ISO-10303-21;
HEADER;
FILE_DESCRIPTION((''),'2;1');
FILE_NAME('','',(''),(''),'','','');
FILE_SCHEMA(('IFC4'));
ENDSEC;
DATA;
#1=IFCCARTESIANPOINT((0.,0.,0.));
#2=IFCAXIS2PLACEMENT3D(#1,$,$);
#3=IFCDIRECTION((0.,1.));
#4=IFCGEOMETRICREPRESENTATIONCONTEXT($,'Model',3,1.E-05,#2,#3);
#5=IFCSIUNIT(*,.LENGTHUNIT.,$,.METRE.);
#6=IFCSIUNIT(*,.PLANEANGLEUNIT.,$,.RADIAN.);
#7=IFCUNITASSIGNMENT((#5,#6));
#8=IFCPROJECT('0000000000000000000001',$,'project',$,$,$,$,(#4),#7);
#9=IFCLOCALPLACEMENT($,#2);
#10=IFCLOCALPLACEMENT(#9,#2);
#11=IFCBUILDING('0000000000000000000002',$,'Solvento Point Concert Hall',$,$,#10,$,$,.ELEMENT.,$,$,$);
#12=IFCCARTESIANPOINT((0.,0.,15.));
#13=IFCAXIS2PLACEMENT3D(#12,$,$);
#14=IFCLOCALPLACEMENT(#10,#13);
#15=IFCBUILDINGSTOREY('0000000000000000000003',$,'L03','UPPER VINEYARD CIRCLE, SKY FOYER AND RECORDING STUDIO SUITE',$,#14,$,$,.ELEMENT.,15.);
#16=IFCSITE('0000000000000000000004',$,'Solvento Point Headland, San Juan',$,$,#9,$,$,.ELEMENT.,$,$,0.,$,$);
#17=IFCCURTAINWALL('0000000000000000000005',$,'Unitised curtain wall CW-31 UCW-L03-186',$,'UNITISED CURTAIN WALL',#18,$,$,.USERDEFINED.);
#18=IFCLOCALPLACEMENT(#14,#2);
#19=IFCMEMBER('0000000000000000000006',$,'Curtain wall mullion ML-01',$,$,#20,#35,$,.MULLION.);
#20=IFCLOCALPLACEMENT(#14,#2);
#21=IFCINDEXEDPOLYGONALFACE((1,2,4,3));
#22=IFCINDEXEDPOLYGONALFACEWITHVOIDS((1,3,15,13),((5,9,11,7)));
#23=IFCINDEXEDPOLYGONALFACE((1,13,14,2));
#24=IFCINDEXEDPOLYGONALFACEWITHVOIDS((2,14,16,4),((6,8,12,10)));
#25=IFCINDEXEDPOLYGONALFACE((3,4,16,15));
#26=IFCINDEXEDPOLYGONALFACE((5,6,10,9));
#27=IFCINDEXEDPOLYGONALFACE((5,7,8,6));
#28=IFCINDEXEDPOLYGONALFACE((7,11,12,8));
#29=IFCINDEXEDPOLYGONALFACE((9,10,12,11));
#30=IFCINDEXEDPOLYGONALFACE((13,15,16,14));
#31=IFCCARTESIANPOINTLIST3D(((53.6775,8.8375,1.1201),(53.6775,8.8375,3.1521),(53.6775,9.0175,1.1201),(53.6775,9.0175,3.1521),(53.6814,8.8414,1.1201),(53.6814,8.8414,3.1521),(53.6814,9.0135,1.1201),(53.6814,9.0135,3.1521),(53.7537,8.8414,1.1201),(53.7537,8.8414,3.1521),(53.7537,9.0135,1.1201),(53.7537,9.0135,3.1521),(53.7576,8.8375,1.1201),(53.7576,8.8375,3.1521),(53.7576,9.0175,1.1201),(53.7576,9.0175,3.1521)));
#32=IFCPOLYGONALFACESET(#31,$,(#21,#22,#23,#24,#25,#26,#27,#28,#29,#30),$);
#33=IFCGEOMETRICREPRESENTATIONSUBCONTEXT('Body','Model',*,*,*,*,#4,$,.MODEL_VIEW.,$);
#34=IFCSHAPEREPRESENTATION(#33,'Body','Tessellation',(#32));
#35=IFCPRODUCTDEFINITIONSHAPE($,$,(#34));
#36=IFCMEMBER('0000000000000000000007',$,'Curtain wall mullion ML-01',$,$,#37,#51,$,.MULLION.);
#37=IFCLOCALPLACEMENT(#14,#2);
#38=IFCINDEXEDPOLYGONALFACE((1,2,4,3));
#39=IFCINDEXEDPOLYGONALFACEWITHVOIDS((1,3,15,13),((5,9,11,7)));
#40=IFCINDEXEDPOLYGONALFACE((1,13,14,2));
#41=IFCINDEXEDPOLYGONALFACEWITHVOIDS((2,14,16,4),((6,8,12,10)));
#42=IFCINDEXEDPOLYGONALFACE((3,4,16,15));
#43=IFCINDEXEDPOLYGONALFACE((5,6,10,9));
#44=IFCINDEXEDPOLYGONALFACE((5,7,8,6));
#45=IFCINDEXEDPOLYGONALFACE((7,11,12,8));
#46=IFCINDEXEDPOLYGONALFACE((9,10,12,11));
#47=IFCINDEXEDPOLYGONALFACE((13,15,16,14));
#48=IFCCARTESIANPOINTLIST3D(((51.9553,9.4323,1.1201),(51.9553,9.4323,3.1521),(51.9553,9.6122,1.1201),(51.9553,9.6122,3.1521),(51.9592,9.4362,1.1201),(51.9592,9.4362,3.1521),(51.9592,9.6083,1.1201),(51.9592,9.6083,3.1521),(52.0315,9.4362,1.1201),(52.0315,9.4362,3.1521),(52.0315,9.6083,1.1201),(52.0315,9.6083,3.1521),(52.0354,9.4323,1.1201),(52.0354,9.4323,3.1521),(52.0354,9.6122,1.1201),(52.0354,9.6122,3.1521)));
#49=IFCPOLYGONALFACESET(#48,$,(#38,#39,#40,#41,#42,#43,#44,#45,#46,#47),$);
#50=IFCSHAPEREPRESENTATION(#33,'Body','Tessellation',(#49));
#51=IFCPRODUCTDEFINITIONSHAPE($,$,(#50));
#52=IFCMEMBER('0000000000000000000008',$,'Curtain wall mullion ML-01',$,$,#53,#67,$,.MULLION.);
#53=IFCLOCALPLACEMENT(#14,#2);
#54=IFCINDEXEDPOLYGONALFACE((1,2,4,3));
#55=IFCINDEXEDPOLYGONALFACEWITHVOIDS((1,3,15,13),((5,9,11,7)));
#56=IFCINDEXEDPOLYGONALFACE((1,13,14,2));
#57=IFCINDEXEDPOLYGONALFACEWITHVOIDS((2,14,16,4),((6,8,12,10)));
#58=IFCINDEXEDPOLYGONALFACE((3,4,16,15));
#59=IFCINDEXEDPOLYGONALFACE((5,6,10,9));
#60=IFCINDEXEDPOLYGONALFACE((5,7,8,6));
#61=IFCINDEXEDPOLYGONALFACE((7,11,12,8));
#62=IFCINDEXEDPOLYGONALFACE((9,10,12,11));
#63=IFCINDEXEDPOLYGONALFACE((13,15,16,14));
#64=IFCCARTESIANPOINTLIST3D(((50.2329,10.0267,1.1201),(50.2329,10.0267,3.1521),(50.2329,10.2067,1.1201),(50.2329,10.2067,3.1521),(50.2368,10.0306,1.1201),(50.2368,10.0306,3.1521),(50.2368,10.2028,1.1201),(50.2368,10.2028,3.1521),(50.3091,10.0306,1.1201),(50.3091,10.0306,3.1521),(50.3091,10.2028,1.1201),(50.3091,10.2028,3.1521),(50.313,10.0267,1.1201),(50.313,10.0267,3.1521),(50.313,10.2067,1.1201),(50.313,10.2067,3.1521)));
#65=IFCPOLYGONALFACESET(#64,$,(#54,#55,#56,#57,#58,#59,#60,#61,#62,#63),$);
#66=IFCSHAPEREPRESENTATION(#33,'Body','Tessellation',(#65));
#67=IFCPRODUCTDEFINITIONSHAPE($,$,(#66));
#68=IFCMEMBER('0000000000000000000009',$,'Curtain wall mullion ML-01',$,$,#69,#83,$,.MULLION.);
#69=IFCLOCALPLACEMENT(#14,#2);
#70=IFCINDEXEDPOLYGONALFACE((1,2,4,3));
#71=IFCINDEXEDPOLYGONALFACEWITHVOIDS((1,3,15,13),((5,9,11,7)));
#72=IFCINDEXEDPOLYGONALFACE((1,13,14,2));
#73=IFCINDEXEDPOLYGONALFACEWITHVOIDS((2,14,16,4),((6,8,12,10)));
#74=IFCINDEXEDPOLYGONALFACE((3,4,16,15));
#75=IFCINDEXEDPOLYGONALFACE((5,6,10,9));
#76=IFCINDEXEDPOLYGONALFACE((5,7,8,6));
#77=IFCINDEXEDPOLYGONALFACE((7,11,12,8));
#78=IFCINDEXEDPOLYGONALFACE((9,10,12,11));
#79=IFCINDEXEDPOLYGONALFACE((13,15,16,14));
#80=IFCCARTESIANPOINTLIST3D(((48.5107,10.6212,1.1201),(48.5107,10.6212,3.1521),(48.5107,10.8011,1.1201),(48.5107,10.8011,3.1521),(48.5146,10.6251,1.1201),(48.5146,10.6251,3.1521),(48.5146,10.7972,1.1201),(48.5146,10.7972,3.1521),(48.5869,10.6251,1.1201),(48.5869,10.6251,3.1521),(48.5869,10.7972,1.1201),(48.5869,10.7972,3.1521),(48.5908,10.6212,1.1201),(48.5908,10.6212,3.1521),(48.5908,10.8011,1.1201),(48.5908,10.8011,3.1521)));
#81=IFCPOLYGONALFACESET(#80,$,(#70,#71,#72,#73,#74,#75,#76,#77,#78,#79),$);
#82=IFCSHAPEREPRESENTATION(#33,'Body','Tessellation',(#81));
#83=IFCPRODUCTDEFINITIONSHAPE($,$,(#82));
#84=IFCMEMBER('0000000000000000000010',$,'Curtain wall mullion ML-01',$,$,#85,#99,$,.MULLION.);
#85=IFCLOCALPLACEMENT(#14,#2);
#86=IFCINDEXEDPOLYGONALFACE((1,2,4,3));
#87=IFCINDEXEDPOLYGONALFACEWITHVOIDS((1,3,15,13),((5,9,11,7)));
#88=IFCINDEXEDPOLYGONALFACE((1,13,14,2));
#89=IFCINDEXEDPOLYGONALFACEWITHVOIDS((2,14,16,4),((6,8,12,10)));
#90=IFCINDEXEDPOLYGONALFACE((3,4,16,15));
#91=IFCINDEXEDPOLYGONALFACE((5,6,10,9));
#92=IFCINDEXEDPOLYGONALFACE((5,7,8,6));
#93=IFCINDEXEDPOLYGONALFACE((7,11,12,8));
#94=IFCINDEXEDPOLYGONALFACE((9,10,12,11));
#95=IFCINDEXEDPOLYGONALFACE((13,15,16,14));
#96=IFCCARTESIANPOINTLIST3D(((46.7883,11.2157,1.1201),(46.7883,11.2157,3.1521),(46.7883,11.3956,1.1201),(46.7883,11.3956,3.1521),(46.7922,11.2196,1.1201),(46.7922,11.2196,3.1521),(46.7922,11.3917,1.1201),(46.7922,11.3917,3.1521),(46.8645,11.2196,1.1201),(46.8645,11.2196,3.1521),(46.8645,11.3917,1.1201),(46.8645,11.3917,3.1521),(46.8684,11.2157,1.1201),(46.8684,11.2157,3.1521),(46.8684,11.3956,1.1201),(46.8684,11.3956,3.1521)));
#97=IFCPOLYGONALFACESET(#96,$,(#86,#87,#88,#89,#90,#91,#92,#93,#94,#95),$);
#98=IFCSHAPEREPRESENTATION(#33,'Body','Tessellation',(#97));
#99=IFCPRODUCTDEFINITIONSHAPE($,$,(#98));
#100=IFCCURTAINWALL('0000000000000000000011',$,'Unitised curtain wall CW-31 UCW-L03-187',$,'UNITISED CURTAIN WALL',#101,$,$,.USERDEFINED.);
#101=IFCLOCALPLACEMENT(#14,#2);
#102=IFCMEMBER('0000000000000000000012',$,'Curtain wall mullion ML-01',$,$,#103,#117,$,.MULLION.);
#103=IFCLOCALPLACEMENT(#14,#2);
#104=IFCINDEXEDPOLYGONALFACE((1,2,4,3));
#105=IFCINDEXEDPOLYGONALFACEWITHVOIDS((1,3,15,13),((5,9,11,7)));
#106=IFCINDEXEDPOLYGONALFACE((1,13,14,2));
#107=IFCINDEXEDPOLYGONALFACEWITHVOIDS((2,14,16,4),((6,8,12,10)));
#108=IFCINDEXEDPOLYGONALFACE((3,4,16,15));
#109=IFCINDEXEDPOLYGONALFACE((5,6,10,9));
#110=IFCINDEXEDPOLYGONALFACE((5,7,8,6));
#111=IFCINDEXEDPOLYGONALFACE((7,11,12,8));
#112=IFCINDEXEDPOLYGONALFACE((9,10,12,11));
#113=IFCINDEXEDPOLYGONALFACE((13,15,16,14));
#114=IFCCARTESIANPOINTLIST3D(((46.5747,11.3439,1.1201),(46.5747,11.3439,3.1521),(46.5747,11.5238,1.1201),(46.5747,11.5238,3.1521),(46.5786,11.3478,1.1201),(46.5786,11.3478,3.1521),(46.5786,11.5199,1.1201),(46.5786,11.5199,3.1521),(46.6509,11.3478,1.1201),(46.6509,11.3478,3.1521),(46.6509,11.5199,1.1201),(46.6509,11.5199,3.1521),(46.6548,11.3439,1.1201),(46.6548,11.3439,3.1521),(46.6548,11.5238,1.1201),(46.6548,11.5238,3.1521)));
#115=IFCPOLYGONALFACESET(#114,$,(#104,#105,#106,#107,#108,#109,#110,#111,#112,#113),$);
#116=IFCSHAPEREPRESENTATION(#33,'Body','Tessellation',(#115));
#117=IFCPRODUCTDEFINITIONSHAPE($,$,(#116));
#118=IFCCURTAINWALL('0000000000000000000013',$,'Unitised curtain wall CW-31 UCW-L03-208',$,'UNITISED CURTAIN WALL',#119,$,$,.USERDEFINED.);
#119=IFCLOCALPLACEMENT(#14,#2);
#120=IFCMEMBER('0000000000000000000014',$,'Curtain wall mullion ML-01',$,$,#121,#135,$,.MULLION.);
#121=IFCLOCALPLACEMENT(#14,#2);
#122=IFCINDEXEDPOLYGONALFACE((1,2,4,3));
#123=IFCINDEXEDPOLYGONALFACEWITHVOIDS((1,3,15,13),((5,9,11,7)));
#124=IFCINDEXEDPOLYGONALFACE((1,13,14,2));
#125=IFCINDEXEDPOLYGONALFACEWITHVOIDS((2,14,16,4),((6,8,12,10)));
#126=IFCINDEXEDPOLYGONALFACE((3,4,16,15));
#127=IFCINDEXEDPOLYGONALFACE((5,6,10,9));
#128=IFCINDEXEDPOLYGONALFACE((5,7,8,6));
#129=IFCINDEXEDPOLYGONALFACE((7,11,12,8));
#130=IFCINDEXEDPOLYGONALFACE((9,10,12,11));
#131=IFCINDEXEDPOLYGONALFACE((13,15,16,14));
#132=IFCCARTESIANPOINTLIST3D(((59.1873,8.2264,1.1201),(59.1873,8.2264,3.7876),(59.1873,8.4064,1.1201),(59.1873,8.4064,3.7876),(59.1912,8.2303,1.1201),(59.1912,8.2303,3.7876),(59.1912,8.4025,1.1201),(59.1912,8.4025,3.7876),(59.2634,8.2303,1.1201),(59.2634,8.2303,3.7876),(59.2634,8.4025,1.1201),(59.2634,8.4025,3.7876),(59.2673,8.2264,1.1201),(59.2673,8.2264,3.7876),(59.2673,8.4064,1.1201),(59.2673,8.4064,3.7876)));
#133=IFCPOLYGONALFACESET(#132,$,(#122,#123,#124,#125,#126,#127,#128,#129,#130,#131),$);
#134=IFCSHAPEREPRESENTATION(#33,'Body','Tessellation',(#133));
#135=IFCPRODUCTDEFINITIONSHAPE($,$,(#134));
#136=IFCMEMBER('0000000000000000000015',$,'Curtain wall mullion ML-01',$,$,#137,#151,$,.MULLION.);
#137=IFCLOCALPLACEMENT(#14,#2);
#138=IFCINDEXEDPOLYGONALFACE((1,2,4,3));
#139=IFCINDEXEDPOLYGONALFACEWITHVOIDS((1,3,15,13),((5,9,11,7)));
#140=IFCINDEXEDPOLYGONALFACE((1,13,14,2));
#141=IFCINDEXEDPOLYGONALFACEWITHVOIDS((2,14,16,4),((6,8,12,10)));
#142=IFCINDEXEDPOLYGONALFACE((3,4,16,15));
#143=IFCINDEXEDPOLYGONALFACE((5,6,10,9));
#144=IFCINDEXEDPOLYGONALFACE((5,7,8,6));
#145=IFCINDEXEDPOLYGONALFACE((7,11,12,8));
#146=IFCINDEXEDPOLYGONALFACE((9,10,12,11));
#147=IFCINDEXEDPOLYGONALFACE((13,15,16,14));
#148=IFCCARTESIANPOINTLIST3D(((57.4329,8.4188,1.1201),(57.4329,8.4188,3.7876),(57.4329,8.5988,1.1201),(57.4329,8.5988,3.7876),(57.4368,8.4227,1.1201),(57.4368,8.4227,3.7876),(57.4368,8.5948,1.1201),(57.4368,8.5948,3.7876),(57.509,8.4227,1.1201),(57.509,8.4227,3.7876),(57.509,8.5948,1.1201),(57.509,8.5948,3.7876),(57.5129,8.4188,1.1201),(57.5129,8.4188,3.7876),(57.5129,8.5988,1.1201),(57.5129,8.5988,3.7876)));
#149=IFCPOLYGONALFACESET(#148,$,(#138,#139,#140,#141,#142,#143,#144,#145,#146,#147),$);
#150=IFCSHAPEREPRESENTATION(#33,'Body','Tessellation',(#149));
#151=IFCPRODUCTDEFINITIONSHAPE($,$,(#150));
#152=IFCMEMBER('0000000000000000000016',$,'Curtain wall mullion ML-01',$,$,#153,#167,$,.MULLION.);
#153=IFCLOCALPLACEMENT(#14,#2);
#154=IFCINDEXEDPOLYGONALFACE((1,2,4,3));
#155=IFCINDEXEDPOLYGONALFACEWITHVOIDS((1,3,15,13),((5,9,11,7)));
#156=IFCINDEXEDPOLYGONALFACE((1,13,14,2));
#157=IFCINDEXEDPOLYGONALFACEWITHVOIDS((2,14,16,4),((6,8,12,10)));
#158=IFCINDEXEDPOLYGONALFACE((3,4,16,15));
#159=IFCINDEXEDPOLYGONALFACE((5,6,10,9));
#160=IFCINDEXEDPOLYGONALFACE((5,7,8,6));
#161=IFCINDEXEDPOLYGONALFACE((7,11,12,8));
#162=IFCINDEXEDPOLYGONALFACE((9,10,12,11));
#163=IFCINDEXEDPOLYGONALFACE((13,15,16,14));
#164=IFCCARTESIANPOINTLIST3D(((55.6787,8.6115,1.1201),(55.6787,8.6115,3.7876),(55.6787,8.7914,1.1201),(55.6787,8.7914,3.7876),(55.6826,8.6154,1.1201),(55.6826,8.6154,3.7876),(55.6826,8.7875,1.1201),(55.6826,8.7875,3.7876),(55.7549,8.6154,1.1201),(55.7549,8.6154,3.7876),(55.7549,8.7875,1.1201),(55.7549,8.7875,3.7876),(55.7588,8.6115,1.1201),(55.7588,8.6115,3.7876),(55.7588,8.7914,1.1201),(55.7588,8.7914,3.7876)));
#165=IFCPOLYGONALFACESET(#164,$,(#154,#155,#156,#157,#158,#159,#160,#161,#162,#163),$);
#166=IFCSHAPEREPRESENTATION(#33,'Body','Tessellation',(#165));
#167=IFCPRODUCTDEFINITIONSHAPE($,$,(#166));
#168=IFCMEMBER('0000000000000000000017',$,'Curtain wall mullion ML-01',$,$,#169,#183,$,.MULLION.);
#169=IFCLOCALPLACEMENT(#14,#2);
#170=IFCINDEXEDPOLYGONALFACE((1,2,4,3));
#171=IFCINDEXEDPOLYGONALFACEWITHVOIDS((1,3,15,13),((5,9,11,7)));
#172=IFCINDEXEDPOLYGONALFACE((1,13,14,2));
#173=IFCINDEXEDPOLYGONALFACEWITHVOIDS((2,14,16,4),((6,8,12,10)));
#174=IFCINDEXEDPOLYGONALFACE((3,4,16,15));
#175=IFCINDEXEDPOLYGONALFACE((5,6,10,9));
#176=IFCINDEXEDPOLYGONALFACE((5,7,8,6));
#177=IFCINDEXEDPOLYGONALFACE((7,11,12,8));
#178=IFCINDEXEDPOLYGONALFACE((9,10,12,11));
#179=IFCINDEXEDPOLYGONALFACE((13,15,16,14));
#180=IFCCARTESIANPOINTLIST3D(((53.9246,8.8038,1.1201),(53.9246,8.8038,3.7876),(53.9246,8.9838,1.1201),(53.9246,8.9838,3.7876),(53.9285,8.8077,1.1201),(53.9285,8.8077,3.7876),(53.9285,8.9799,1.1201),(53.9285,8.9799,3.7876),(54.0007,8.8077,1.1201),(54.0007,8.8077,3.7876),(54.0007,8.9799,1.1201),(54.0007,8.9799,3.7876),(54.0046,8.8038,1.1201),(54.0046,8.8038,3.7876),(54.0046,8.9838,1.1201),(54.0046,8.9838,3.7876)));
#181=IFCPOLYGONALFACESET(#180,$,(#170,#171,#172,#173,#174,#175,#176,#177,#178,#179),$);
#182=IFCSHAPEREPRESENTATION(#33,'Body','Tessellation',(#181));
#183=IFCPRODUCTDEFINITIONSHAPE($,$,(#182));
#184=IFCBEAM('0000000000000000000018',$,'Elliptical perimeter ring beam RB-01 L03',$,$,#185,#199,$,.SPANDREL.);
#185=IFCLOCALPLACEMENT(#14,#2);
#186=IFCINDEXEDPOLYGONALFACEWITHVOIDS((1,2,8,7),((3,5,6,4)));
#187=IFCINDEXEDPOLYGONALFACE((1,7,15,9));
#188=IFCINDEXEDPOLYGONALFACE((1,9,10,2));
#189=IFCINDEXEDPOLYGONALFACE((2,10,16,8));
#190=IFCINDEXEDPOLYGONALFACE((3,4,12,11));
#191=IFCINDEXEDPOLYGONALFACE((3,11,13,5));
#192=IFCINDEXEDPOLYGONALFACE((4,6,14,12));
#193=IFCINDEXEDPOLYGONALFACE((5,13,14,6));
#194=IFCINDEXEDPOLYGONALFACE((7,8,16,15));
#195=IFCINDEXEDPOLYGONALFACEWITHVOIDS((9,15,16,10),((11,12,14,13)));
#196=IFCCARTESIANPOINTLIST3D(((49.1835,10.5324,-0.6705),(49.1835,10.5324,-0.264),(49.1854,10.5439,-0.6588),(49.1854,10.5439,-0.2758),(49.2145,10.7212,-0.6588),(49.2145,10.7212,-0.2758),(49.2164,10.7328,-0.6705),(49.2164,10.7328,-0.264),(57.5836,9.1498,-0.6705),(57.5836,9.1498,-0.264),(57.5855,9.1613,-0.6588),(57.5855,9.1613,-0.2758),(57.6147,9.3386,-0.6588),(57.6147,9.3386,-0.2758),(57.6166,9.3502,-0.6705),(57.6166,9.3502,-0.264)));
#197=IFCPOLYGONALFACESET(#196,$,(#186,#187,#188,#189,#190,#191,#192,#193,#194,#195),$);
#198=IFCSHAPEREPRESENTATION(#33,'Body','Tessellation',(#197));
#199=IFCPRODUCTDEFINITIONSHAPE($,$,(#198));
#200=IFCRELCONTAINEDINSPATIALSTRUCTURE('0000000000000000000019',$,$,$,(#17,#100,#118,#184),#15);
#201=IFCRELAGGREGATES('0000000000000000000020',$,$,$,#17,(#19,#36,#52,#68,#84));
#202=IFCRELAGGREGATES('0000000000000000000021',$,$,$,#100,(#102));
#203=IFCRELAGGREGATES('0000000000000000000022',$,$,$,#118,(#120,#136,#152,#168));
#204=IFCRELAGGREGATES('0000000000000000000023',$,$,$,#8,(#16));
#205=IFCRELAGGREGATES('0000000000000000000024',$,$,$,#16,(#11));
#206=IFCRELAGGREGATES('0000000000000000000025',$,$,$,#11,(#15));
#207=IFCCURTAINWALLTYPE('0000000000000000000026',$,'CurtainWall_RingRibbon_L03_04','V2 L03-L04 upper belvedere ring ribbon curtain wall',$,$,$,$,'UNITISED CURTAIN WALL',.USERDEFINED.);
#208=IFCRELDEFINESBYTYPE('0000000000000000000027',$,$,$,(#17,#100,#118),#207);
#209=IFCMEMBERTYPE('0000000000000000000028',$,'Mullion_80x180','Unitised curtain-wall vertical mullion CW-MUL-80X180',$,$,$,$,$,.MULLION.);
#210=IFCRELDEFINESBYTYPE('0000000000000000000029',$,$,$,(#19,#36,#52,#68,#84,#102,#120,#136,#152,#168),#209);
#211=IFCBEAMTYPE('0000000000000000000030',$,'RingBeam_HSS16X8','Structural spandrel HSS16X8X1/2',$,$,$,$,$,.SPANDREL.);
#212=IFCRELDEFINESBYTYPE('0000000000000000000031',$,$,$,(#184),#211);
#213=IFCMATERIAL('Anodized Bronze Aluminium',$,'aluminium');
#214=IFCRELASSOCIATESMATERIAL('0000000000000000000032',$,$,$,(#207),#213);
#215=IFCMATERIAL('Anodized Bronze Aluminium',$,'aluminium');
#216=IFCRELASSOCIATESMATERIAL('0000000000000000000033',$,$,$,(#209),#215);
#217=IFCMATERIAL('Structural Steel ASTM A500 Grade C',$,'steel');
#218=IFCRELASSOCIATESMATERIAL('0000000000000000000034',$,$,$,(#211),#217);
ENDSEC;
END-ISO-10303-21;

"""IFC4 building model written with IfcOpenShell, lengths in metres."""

from ifc_helpers import new_model, si_unit, direction, frame, origin, origin_2d, place, context, subcontext, project, spatial, hollow_rectangle, extrude, material, material_profile, profile_set, type_object, element, aggregate, save


model = new_model("IFC4")

# Units and contexts
model_context = context("Model", 3, precision=1e-05, world=origin(), true_north=direction((0.0, 1.0)))
body_context = subcontext(model_context, "Body", "Model", "MODEL_VIEW")
ifc_project = project(units=[si_unit("LENGTHUNIT", "METRE"), si_unit("PLANEANGLEUNIT", "RADIAN")], contexts=[model_context])

# Site, building, storey
site_placement = place(None, origin())
site = spatial("IfcSite", under=ifc_project, at=site_placement, Name="Solvento Point Headland, San Juan", CompositionType="ELEMENT", RefElevation=0.0)
building_placement = place(site_placement, origin())
building = spatial("IfcBuilding", under=site, at=building_placement, Name="Solvento Point Concert Hall", CompositionType="ELEMENT")
storey_placement = place(building_placement, frame((0.0, 0.0, 15.0)))
storey = spatial("IfcBuildingStorey", under=building, at=storey_placement, Name="L03", Description="UPPER VINEYARD CIRCLE, SKY FOYER AND RECORDING STUDIO SUITE", CompositionType="ELEMENT", Elevation=15.0)

# Curtain wall, members
ifc_material_1 = material(Name="Anodized Bronze Aluminium", Category="aluminium")
curtain_wall_type = type_object("IfcCurtainWallType", Name="CurtainWall_RingRibbon_L03_04", Description="V2 L03-L04 upper belvedere ring ribbon curtain wall", ElementType="UNITISED CURTAIN WALL", PredefinedType="USERDEFINED", material=ifc_material_1)
curtain_wall_1_placement = place(storey_placement, origin())
curtain_wall_1 = element("IfcCurtainWall", 1, at=curtain_wall_1_placement, inside=storey, type_object=curtain_wall_type, Name="Unitised curtain wall CW-31 UCW-L03-186", ObjectType="UNITISED CURTAIN WALL", PredefinedType="USERDEFINED")
ifc_material_2 = material(Name="Anodized Bronze Aluminium", Category="aluminium")
ifc_material_profile_1 = material_profile(ifc_material_2, hollow_rectangle(XDim=0.0801, YDim=0.1799, WallThickness=0.0039, at=origin_2d()), Name="CW-MUL-80X180")
ifc_profile_set_1 = profile_set([ifc_material_profile_1], Name="Anodized Bronze Aluminium")
member_type_1 = type_object("IfcMemberType", Name="Mullion_80x180", Description="Unitised curtain-wall vertical mullion CW-MUL-80X180", PredefinedType="MULLION", material=ifc_profile_set_1)
member_1_placement = place(storey_placement, frame((53.7175, 8.9275, 1.1201), z_axis=(0.0, 0.0, 1.0), x_axis=(1.0, 0.0, 0.0)))
member_1 = element("IfcMember", 2, at=member_1_placement, type_object=member_type_1, Name="Curtain wall mullion ML-01", PredefinedType="MULLION", context=body_context, shape_type="SweptSolid", body=[
    extrude(hollow_rectangle(XDim=0.0801, YDim=0.1799, WallThickness=0.0039, at=origin_2d()), origin(), (0.0, 0.0, 1.0), 2.032),
])
member_2_placement = place(storey_placement, frame((51.9954, 9.5222, 1.1201), z_axis=(0.0, 0.0, 1.0), x_axis=(1.0, 0.0, 0.0)))
member_2 = element("IfcMember", 3, at=member_2_placement, type_object=member_type_1, Name="Curtain wall mullion ML-01", PredefinedType="MULLION", context=body_context, shape_type="SweptSolid", body=[
    extrude(hollow_rectangle(XDim=0.0801, YDim=0.1799, WallThickness=0.0039, at=origin_2d()), origin(), (0.0, 0.0, 1.0), 2.032),
])
member_3_placement = place(storey_placement, frame((50.2729, 10.1167, 1.1201), z_axis=(0.0, 0.0, 1.0), x_axis=(1.0, 0.0, 0.0)))
member_3 = element("IfcMember", 4, at=member_3_placement, type_object=member_type_1, Name="Curtain wall mullion ML-01", PredefinedType="MULLION", context=body_context, shape_type="SweptSolid", body=[
    extrude(hollow_rectangle(XDim=0.0801, YDim=0.1799, WallThickness=0.0039, at=origin_2d()), origin(), (0.0, 0.0, 1.0), 2.032),
])
member_4_placement = place(storey_placement, frame((48.5508, 10.7112, 1.1201), z_axis=(0.0, 0.0, 1.0), x_axis=(1.0, 0.0, 0.0)))
member_4 = element("IfcMember", 5, at=member_4_placement, type_object=member_type_1, Name="Curtain wall mullion ML-01", PredefinedType="MULLION", context=body_context, shape_type="SweptSolid", body=[
    extrude(hollow_rectangle(XDim=0.0801, YDim=0.1799, WallThickness=0.0039, at=origin_2d()), origin(), (0.0, 0.0, 1.0), 2.032),
])
member_5_placement = place(storey_placement, frame((46.8284, 11.3057, 1.1201), z_axis=(0.0, 0.0, 1.0), x_axis=(1.0, 0.0, 0.0)))
member_5 = element("IfcMember", 6, at=member_5_placement, type_object=member_type_1, Name="Curtain wall mullion ML-01", PredefinedType="MULLION", context=body_context, shape_type="SweptSolid", body=[
    extrude(hollow_rectangle(XDim=0.0801, YDim=0.1799, WallThickness=0.0039, at=origin_2d()), origin(), (0.0, 0.0, 1.0), 2.032),
])

# Curtain wall, member
curtain_wall_2_placement = place(storey_placement, origin())
curtain_wall_2 = element("IfcCurtainWall", 7, at=curtain_wall_2_placement, inside=storey, type_object=curtain_wall_type, Name="Unitised curtain wall CW-31 UCW-L03-187", ObjectType="UNITISED CURTAIN WALL", PredefinedType="USERDEFINED")
member_6_placement = place(storey_placement, frame((46.6147, 11.4338, 1.1201), z_axis=(0.0, 0.0, 1.0), x_axis=(1.0, 0.0, 0.0)))
member_6 = element("IfcMember", 8, at=member_6_placement, type_object=member_type_1, Name="Curtain wall mullion ML-01", PredefinedType="MULLION", context=body_context, shape_type="SweptSolid", body=[
    extrude(hollow_rectangle(XDim=0.0801, YDim=0.1799, WallThickness=0.0039, at=origin_2d()), origin(), (0.0, 0.0, 1.0), 2.032),
])

# Curtain wall, members
curtain_wall_3_placement = place(storey_placement, origin())
curtain_wall_3 = element("IfcCurtainWall", 9, at=curtain_wall_3_placement, inside=storey, type_object=curtain_wall_type, Name="Unitised curtain wall CW-31 UCW-L03-208", ObjectType="UNITISED CURTAIN WALL", PredefinedType="USERDEFINED")
member_7_placement = place(storey_placement, frame((59.2273, 8.3164, 1.1201), z_axis=(0.0, 0.0, 1.0), x_axis=(1.0, 0.0, 0.0)))
member_7 = element("IfcMember", 10, at=member_7_placement, type_object=member_type_1, Name="Curtain wall mullion ML-01", PredefinedType="MULLION", context=body_context, shape_type="SweptSolid", body=[
    extrude(hollow_rectangle(XDim=0.0801, YDim=0.1799, WallThickness=0.0039, at=origin_2d()), origin(), (0.0, 0.0, 1.0), 2.6675),
])
member_8_placement = place(storey_placement, frame((57.4729, 8.5088, 1.1201), z_axis=(0.0, 0.0, 1.0), x_axis=(1.0, 0.0, 0.0)))
member_8 = element("IfcMember", 11, at=member_8_placement, type_object=member_type_1, Name="Curtain wall mullion ML-01", PredefinedType="MULLION", context=body_context, shape_type="SweptSolid", body=[
    extrude(hollow_rectangle(XDim=0.0801, YDim=0.1799, WallThickness=0.0039, at=origin_2d()), origin(), (0.0, 0.0, 1.0), 2.6675),
])
member_9_placement = place(storey_placement, frame((55.7188, 8.7014, 1.1201), z_axis=(0.0, 0.0, 1.0), x_axis=(1.0, 0.0, 0.0)))
member_9 = element("IfcMember", 12, at=member_9_placement, type_object=member_type_1, Name="Curtain wall mullion ML-01", PredefinedType="MULLION", context=body_context, shape_type="SweptSolid", body=[
    extrude(hollow_rectangle(XDim=0.0801, YDim=0.1799, WallThickness=0.0039, at=origin_2d()), origin(), (0.0, 0.0, 1.0), 2.6675),
])
member_10_placement = place(storey_placement, frame((53.9646, 8.8938, 1.1201), z_axis=(0.0, 0.0, 1.0), x_axis=(1.0, 0.0, 0.0)))
member_10 = element("IfcMember", 13, at=member_10_placement, type_object=member_type_1, Name="Curtain wall mullion ML-01", PredefinedType="MULLION", context=body_context, shape_type="SweptSolid", body=[
    extrude(hollow_rectangle(XDim=0.0801, YDim=0.1799, WallThickness=0.0039, at=origin_2d()), origin(), (0.0, 0.0, 1.0), 2.6675),
])

# Beam
ifc_material_3 = material(Name="Structural Steel ASTM A500 Grade C", Category="steel")
ifc_material_profile_2 = material_profile(ifc_material_3, hollow_rectangle(XDim=0.2031, YDim=0.4065, WallThickness=0.0117, at=origin_2d()), Name="HSS16X8X1/2")
ifc_profile_set_2 = profile_set([ifc_material_profile_2], Name="Structural Steel ASTM A500 Grade C")
beam_type = type_object("IfcBeamType", Name="RingBeam_HSS16X8", Description="Structural spandrel HSS16X8X1/2", PredefinedType="SPANDREL", material=ifc_profile_set_2)
beam_1_placement = place(storey_placement, frame((49.2, 10.6326, -0.4673), z_axis=(0.986724, -0.162404, 0.0), x_axis=(0.162404, 0.986724, 0.0)))
element("IfcBeam", 14, at=beam_1_placement, inside=storey, type_object=beam_type, Name="Elliptical perimeter ring beam RB-01 L03", PredefinedType="SPANDREL", context=body_context, shape_type="SweptSolid", body=[
    extrude(hollow_rectangle(XDim=0.2031, YDim=0.4065, WallThickness=0.0117, at=origin_2d()), origin(), (0.0, 0.0, 1.0), 8.5132),
])

aggregate(curtain_wall_1, [member_1, member_2, member_3, member_4, member_5])
aggregate(curtain_wall_2, [member_6])
aggregate(curtain_wall_3, [member_7, member_8, member_9, member_10])

save(model, "model.ifc")
